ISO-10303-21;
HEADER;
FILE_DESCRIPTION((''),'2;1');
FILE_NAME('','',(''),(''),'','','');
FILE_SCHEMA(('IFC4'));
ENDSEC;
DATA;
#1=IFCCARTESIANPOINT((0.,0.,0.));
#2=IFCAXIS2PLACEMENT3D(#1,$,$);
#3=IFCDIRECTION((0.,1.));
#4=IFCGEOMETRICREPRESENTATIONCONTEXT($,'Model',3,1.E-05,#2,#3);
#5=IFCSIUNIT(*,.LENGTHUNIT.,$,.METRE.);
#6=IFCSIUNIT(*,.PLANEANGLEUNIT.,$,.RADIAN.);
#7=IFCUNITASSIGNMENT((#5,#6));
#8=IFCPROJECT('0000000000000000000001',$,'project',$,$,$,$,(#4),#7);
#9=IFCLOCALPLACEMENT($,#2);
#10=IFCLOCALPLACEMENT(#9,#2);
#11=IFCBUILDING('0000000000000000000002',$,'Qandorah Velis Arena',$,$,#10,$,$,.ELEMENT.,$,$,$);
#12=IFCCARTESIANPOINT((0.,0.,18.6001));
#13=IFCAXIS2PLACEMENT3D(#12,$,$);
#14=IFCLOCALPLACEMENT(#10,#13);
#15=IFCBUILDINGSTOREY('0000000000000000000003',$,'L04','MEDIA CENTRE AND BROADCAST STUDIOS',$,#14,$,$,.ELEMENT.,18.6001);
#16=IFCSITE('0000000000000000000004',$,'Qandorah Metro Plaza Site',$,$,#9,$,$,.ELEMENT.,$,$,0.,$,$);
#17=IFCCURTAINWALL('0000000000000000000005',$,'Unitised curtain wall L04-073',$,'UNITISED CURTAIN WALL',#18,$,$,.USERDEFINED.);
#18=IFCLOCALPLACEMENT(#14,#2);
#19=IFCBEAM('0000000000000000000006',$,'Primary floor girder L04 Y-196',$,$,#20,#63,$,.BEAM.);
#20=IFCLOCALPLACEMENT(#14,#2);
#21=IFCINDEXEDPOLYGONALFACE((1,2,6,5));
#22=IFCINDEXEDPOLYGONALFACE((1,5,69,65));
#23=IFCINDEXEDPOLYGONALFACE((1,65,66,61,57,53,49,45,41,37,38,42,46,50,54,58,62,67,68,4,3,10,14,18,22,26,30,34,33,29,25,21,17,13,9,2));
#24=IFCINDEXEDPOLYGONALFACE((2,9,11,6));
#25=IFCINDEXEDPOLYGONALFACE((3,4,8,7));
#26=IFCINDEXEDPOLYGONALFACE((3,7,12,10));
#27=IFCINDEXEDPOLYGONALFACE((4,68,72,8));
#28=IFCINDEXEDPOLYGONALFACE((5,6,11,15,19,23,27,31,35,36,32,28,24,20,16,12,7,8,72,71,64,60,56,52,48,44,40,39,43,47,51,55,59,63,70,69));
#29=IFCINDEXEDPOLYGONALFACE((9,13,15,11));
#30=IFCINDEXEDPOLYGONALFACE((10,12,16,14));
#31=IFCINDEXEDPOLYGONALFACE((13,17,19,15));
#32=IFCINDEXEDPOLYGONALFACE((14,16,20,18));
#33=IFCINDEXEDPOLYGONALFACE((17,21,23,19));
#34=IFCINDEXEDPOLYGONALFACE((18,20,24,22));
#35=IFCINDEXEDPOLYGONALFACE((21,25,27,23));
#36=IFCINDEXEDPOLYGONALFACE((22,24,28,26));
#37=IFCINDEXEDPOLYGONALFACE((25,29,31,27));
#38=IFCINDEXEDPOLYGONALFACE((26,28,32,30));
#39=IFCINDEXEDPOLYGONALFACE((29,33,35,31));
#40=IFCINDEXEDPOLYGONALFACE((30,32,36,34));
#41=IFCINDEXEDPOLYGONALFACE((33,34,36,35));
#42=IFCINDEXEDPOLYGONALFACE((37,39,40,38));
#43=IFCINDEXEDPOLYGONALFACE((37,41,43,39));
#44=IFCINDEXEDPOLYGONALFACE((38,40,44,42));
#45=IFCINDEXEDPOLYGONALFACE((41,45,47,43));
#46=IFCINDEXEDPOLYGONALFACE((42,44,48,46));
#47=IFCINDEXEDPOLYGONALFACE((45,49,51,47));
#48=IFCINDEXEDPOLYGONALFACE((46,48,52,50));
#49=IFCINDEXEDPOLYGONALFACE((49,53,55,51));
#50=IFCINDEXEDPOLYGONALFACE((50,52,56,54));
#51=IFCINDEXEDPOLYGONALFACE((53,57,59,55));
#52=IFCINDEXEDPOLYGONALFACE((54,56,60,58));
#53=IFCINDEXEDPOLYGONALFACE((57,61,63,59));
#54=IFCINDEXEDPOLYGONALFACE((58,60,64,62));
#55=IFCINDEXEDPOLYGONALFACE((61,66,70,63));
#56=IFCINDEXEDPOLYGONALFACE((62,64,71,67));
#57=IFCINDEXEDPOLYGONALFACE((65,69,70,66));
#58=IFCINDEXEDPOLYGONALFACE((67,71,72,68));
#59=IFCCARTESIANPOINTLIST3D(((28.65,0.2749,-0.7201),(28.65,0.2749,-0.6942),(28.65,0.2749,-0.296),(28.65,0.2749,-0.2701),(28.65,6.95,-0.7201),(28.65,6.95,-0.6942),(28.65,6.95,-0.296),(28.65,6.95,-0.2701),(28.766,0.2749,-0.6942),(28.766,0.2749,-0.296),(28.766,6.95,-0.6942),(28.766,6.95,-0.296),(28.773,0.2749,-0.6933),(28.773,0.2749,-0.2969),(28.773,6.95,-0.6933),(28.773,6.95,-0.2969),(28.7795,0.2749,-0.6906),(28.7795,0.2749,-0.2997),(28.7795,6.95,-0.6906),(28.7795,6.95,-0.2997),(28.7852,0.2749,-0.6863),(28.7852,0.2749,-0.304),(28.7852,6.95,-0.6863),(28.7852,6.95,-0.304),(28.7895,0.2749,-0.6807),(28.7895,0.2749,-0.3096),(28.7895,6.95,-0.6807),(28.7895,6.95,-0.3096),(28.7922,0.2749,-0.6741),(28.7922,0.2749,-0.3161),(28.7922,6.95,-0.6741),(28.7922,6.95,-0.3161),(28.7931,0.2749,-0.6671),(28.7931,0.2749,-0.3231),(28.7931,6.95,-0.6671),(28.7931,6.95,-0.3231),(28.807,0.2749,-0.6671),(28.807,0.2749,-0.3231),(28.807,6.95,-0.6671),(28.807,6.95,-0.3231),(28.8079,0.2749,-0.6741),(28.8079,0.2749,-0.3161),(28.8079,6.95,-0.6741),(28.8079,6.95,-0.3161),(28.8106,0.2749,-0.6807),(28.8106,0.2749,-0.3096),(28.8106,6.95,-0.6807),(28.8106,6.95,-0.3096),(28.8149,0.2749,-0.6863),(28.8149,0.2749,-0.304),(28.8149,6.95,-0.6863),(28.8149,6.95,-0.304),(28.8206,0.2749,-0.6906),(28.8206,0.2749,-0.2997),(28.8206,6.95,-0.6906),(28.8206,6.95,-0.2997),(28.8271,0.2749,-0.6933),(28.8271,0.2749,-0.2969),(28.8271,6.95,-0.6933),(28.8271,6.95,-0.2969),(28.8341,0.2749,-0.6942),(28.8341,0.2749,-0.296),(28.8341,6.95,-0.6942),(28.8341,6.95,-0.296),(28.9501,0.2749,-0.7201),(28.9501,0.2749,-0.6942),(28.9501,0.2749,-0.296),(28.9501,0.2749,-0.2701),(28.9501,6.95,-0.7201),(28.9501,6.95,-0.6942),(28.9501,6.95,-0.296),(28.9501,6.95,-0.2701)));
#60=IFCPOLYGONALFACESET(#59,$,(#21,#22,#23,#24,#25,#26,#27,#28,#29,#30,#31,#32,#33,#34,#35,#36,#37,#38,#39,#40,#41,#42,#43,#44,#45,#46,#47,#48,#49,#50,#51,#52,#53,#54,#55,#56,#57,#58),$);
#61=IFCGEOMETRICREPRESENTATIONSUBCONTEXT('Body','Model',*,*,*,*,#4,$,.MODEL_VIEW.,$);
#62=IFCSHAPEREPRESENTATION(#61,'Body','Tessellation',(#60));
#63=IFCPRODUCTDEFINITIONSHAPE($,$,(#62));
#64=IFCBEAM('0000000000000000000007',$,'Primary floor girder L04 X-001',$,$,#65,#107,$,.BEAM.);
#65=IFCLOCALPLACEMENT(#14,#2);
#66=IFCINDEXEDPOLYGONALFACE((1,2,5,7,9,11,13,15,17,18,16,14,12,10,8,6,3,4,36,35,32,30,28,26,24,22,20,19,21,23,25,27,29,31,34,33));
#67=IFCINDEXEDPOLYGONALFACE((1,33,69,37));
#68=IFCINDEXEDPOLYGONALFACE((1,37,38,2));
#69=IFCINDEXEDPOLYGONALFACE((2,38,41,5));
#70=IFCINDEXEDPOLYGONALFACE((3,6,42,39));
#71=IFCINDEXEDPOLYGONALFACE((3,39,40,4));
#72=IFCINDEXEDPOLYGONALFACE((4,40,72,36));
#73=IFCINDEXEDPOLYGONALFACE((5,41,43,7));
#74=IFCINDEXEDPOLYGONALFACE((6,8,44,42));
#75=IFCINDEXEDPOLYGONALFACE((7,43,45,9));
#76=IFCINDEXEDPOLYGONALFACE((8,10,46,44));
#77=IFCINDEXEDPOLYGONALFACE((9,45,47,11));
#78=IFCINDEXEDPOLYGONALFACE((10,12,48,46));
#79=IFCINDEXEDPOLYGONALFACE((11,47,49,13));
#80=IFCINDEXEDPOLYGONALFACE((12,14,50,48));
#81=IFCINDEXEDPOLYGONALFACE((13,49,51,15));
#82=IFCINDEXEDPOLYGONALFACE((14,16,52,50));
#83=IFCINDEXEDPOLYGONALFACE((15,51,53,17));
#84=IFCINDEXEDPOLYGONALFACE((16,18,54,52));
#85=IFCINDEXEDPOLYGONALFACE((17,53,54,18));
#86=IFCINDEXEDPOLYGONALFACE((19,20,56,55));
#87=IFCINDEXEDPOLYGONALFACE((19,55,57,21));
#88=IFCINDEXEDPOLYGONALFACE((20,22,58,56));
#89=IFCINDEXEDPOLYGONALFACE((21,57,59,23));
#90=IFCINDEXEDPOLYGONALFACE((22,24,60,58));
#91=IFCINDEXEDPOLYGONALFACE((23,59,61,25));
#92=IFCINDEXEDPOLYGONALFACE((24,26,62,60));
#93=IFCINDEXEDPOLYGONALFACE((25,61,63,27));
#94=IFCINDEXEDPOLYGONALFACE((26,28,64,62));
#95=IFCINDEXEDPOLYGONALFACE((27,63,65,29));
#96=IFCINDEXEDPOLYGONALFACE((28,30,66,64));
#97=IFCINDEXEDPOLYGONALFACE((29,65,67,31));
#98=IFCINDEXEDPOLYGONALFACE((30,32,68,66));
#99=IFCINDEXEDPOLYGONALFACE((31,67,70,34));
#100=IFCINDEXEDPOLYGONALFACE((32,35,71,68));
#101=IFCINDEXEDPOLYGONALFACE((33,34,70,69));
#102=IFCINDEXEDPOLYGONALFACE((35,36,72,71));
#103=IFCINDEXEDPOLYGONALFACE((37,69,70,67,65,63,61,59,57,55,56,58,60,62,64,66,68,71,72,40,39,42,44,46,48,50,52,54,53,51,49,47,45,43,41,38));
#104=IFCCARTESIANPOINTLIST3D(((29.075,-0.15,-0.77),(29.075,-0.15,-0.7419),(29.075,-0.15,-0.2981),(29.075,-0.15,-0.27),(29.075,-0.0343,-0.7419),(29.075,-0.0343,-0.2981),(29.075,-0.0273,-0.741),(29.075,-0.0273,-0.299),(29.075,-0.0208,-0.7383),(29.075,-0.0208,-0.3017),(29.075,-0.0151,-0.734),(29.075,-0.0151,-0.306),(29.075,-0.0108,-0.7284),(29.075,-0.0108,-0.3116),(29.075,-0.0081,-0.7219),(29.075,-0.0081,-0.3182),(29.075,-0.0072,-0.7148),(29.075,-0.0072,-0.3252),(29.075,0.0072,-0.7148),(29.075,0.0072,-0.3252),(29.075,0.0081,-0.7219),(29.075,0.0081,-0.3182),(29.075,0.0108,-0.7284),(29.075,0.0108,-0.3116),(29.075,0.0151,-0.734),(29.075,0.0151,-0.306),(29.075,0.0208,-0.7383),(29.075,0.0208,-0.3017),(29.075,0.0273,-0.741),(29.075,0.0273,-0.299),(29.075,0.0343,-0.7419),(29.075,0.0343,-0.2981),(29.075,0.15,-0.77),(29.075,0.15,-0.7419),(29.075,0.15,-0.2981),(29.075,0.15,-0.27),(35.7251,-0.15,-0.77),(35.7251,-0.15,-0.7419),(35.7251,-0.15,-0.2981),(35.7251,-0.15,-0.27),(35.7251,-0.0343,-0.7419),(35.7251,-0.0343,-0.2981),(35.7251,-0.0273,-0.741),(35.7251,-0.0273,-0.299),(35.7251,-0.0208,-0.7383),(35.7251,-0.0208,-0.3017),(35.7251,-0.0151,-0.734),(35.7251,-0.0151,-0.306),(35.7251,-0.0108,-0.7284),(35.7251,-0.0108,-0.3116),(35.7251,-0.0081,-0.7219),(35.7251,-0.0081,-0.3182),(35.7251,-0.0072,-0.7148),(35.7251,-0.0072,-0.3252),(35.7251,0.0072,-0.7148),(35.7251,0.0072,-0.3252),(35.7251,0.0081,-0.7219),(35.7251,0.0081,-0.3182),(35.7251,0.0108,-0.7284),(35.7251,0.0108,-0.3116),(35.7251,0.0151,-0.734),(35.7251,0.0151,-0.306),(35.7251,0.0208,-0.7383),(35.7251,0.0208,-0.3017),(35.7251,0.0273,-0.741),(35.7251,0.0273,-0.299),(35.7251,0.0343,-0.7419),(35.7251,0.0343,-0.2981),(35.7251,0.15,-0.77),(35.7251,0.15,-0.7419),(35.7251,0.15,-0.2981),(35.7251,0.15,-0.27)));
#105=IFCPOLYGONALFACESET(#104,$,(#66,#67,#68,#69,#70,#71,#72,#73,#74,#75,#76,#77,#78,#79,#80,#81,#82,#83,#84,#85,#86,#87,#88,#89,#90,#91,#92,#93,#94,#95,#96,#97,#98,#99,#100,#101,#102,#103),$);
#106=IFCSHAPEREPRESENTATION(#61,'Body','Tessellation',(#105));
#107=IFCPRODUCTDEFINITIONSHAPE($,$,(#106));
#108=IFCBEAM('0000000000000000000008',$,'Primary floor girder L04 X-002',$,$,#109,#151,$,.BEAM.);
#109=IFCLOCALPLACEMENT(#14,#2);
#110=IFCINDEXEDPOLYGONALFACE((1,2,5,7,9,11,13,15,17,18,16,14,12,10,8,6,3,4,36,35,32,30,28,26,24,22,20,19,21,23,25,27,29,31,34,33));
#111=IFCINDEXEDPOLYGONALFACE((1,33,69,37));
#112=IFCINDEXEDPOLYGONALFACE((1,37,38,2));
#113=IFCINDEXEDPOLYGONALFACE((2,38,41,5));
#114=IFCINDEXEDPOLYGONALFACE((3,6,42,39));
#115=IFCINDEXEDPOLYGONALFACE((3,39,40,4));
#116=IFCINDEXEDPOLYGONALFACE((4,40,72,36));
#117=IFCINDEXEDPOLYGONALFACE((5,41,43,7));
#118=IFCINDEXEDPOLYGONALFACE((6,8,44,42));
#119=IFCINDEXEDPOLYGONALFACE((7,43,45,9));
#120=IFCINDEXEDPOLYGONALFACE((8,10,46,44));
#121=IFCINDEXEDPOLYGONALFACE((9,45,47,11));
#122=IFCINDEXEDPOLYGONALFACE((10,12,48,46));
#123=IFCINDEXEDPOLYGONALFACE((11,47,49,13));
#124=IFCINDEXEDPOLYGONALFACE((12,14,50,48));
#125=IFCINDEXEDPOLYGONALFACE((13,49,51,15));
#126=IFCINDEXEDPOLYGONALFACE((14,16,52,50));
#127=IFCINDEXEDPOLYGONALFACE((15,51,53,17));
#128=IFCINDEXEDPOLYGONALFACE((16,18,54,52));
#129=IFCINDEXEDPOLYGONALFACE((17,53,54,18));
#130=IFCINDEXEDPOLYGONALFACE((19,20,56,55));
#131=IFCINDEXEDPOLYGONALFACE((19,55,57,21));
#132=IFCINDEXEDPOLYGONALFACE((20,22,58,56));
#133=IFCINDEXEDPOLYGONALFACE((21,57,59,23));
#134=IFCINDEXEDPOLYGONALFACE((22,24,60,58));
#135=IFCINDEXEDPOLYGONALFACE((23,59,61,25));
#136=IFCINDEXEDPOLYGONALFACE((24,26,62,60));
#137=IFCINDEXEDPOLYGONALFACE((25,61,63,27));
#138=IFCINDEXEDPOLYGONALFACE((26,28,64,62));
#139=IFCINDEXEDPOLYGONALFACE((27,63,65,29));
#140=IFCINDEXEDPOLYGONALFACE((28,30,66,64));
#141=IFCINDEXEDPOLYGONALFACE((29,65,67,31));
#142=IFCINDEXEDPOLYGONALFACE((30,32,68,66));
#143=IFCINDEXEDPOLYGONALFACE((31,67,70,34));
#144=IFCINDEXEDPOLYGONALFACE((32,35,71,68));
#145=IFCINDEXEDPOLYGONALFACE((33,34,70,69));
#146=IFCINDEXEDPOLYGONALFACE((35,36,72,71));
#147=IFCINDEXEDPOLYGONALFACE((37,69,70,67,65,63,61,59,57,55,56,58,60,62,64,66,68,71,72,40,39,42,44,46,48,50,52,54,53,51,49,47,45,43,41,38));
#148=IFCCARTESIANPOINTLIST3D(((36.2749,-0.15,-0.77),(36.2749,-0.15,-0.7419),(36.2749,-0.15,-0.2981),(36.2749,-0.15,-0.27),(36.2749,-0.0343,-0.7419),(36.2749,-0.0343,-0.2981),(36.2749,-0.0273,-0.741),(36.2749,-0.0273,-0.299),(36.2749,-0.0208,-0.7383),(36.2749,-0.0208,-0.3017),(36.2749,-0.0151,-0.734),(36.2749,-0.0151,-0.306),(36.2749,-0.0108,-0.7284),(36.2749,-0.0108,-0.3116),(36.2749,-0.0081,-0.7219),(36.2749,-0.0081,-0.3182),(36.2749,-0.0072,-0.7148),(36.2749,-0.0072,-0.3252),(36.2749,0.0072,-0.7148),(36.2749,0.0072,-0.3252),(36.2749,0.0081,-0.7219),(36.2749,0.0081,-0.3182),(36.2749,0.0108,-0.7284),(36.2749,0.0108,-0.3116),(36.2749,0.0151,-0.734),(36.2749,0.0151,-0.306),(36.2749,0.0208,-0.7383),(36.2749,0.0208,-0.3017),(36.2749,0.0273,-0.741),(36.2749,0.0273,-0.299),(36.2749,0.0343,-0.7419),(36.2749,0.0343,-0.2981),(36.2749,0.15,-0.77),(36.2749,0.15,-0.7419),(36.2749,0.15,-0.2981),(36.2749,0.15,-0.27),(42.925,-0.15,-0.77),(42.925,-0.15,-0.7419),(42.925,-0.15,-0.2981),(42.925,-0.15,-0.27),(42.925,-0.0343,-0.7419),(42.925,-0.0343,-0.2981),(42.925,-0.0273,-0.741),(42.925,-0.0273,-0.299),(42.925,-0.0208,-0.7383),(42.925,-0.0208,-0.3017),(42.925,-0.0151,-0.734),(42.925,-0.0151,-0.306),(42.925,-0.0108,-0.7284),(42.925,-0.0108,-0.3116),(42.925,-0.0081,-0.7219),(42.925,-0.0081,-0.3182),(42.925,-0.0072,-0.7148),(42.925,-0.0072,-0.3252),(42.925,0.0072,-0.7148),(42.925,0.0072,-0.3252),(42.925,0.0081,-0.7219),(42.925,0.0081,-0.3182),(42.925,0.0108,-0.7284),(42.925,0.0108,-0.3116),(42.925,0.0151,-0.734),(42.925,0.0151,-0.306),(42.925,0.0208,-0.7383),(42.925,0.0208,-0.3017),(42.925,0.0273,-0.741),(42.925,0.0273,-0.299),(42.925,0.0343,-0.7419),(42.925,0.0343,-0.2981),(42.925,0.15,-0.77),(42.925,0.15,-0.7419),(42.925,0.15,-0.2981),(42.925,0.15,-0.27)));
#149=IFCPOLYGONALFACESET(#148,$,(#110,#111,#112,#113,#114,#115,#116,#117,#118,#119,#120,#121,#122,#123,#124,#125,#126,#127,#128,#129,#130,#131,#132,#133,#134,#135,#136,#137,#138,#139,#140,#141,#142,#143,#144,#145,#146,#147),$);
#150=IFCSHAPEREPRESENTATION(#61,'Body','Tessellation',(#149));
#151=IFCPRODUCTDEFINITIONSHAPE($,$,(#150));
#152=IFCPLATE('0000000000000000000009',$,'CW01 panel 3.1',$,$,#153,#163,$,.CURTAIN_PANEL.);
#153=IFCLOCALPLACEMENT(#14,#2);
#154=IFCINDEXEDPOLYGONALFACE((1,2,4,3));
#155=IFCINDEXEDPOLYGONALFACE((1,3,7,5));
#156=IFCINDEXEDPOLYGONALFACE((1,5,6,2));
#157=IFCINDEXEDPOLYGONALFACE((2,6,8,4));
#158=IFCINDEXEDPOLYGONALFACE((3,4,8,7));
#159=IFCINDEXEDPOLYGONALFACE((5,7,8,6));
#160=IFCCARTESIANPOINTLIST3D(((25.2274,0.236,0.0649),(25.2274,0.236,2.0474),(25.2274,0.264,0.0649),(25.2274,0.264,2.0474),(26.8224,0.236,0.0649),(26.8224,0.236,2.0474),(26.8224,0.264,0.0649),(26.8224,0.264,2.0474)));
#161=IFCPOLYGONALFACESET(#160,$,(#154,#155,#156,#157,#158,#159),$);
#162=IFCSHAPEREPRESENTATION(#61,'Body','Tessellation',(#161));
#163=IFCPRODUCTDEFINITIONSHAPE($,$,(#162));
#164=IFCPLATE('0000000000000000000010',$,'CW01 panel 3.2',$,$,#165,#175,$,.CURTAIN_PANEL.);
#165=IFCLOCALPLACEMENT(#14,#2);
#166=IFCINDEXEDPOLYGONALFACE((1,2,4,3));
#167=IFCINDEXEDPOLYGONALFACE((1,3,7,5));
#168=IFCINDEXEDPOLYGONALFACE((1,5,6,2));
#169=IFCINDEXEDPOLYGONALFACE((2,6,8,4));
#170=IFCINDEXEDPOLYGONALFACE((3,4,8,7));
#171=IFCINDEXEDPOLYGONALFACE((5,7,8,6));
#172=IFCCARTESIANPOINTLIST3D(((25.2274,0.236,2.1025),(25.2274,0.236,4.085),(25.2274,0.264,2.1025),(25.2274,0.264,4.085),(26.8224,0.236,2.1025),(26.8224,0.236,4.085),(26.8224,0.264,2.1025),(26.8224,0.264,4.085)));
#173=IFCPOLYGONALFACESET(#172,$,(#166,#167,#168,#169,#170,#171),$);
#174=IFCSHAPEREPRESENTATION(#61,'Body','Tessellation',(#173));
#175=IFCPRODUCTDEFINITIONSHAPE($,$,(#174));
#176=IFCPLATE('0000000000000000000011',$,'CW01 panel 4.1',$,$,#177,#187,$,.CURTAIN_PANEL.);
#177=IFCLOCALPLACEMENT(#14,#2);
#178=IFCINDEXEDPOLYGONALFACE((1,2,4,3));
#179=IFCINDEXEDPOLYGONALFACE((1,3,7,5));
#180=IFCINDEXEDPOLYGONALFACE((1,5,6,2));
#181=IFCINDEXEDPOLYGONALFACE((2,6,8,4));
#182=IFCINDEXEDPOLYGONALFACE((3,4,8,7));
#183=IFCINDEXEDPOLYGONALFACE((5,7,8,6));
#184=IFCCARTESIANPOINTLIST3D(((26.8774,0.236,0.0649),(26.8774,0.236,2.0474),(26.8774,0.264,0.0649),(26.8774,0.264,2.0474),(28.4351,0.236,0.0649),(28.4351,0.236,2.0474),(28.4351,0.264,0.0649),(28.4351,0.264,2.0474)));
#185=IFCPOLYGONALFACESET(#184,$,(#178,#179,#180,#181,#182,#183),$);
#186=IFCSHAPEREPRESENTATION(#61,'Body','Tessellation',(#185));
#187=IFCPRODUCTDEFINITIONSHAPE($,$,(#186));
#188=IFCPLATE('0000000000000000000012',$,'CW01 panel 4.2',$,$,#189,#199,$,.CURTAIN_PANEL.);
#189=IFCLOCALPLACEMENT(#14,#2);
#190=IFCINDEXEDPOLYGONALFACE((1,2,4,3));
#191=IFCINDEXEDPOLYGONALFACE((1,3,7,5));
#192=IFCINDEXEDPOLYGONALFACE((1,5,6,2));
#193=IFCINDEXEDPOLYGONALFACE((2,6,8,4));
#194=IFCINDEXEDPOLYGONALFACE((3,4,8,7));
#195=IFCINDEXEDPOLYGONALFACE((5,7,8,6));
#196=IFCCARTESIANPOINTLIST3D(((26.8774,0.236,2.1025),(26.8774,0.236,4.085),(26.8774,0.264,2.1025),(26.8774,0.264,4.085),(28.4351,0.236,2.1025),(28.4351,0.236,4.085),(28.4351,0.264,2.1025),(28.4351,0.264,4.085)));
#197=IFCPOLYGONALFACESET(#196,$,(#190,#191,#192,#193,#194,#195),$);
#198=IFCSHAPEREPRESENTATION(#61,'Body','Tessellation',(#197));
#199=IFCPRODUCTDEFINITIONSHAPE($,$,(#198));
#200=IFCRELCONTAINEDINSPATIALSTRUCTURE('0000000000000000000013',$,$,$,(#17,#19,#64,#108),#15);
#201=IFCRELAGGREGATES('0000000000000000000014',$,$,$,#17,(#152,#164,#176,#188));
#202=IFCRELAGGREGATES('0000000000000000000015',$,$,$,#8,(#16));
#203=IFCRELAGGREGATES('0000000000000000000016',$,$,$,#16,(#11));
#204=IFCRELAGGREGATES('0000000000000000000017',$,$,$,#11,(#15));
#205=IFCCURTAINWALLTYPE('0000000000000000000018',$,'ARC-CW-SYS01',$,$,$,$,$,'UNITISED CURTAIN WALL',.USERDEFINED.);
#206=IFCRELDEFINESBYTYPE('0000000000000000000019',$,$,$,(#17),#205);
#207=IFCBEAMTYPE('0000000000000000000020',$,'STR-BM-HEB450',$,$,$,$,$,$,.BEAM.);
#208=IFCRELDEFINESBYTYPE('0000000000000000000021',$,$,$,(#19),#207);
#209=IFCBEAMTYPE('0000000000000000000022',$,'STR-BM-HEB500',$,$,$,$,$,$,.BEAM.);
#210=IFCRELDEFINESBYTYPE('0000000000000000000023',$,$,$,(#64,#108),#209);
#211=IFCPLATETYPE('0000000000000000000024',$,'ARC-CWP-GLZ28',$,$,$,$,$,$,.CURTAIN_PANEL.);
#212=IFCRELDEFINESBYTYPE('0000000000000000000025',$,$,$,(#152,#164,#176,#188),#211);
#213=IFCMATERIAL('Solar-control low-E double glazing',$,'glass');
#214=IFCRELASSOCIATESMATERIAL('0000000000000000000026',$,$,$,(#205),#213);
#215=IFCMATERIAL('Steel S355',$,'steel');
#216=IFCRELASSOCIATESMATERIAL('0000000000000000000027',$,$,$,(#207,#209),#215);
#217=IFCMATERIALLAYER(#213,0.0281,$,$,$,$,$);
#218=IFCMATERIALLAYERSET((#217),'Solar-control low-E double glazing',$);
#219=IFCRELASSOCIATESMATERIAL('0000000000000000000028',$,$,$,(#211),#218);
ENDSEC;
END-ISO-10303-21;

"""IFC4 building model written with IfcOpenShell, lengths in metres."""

from ifc_helpers import new_model, si_unit, direction, frame, origin, origin_2d, place, context, subcontext, project, spatial, rectangle, i_section, extrude, material, layer, layer_set, material_profile, profile_set, type_object, element, aggregate, save


model = new_model("IFC4")

# Units and contexts
model_context = context("Model", 3, precision=1e-05, world=origin(), true_north=direction((0.0, 1.0)))
body_context = subcontext(model_context, "Body", "Model", "MODEL_VIEW")
ifc_project = project(units=[si_unit("LENGTHUNIT", "METRE"), si_unit("PLANEANGLEUNIT", "RADIAN")], contexts=[model_context])

# Site, building, storey
site_placement = place(None, origin())
site = spatial("IfcSite", under=ifc_project, at=site_placement, Name="Qandorah Metro Plaza Site", CompositionType="ELEMENT", RefElevation=0.0)
building_placement = place(site_placement, origin())
building = spatial("IfcBuilding", under=site, at=building_placement, Name="Qandorah Velis Arena", CompositionType="ELEMENT")
storey_placement = place(building_placement, frame((0.0, 0.0, 18.6001)))
storey = spatial("IfcBuildingStorey", under=building, at=storey_placement, Name="L04", Description="MEDIA CENTRE AND BROADCAST STUDIOS", CompositionType="ELEMENT", Elevation=18.6001)

# Curtain wall
ifc_material_1 = material(Name="Solar-control low-E double glazing", Category="glass")
curtain_wall_type = type_object("IfcCurtainWallType", Name="ARC-CW-SYS01", ElementType="UNITISED CURTAIN WALL", PredefinedType="USERDEFINED", material=ifc_material_1)
curtain_wall_placement = place(storey_placement, origin())
curtain_wall = element("IfcCurtainWall", 1, at=curtain_wall_placement, inside=storey, type_object=curtain_wall_type, Name="Unitised curtain wall L04-073", ObjectType="UNITISED CURTAIN WALL", PredefinedType="USERDEFINED")

# Beams
ifc_material_2 = material(Name="Steel S355", Category="steel")
ifc_material_profile_1 = material_profile(ifc_material_2, i_section(OverallWidth=0.3, OverallDepth=0.45, WebThickness=0.0139, FlangeThickness=0.0259, FilletRadius=0.0271, at=origin_2d()), Name="HEB 450")
ifc_profile_set_1 = profile_set([ifc_material_profile_1], Name="Steel S355")
beam_type_1 = type_object("IfcBeamType", Name="STR-BM-HEB450", PredefinedType="BEAM", material=ifc_profile_set_1)
beam_placement = place(storey_placement, frame((28.8, 0.2749, -0.4951), z_axis=(0.0, 1.0, 0.0), x_axis=(-1.0, 0.0, 0.0)))
element("IfcBeam", 2, at=beam_placement, inside=storey, type_object=beam_type_1, Name="Primary floor girder L04 Y-196", PredefinedType="BEAM", context=body_context, shape_type="SweptSolid", body=[
    extrude(i_section(OverallWidth=0.3, OverallDepth=0.45, WebThickness=0.0139, FlangeThickness=0.0259, FilletRadius=0.0271, at=origin_2d()), origin(), (0.0, 0.0, 1.0), 6.675),
])
ifc_material_profile_2 = material_profile(ifc_material_2, i_section(OverallWidth=0.3, OverallDepth=0.5, WebThickness=0.0144, FlangeThickness=0.0281, FilletRadius=0.0271, at=origin_2d()), Name="HEB 500")
ifc_profile_set_2 = profile_set([ifc_material_profile_2], Name="Steel S355")
beam_type_2 = type_object("IfcBeamType", Name="STR-BM-HEB500", PredefinedType="BEAM", material=ifc_profile_set_2)
for number, where, z_axis, x_axis, name in (
    (3, (29.075, 0.0, -0.52), (1.0, 0.0, 0.0), (0.0, 1.0, 0.0), "Primary floor girder L04 X-001"),
    (4, (36.2749, 0.0, -0.52), (1.0, 0.0, 0.0), (0.0, 1.0, 0.0), "Primary floor girder L04 X-002"),
):
    element("IfcBeam", number, at=place(storey_placement, frame(where, z_axis=z_axis, x_axis=x_axis)), inside=storey, type_object=beam_type_2, Name=name, PredefinedType="BEAM", context=body_context, shape_type="SweptSolid", body=[
        extrude(i_section(OverallWidth=0.3, OverallDepth=0.5, WebThickness=0.0144, FlangeThickness=0.0281, FilletRadius=0.0271, at=origin_2d()), origin(), (0.0, 0.0, 1.0), 6.6501),
    ])

# Plates
ifc_layer_1 = layer(ifc_material_1, 0.0281)
ifc_layer_set_1 = layer_set([ifc_layer_1], Name="Solar-control low-E double glazing")
plate_type = type_object("IfcPlateType", Name="ARC-CWP-GLZ28", PredefinedType="CURTAIN_PANEL", material=ifc_layer_set_1)
plate_1_placement = place(storey_placement, frame((26.0249, 0.25, 0.0649), z_axis=(0.0, 0.0, 1.0), x_axis=(1.0, 0.0, 0.0)))
plate_1 = element("IfcPlate", 5, at=plate_1_placement, type_object=plate_type, Name="CW01 panel 3.1", PredefinedType="CURTAIN_PANEL", context=body_context, shape_type="SweptSolid", body=[
    extrude(rectangle(XDim=1.595, YDim=0.0281, at=origin_2d()), origin(), (0.0, 0.0, 1.0), 1.9824),
])
plate_2_placement = place(storey_placement, frame((26.0249, 0.25, 2.1025), z_axis=(0.0, 0.0, 1.0), x_axis=(1.0, 0.0, 0.0)))
plate_2 = element("IfcPlate", 6, at=plate_2_placement, type_object=plate_type, Name="CW01 panel 3.2", PredefinedType="CURTAIN_PANEL", context=body_context, shape_type="SweptSolid", body=[
    extrude(rectangle(XDim=1.595, YDim=0.0281, at=origin_2d()), origin(), (0.0, 0.0, 1.0), 1.9824),
])
plate_3_placement = place(storey_placement, frame((27.6562, 0.25, 0.0649), z_axis=(0.0, 0.0, 1.0), x_axis=(1.0, 0.0, 0.0)))
plate_3 = element("IfcPlate", 7, at=plate_3_placement, type_object=plate_type, Name="CW01 panel 4.1", PredefinedType="CURTAIN_PANEL", context=body_context, shape_type="SweptSolid", body=[
    extrude(rectangle(XDim=1.5576, YDim=0.0281, at=origin_2d()), origin(), (0.0, 0.0, 1.0), 1.9824),
])
plate_4_placement = place(storey_placement, frame((27.6562, 0.25, 2.1025), z_axis=(0.0, 0.0, 1.0), x_axis=(1.0, 0.0, 0.0)))
plate_4 = element("IfcPlate", 8, at=plate_4_placement, type_object=plate_type, Name="CW01 panel 4.2", PredefinedType="CURTAIN_PANEL", context=body_context, shape_type="SweptSolid", body=[
    extrude(rectangle(XDim=1.5576, YDim=0.0281, at=origin_2d()), origin(), (0.0, 0.0, 1.0), 1.9824),
])
aggregate(curtain_wall, [plate_1, plate_2, plate_3, plate_4])

save(model, "model.ifc")
